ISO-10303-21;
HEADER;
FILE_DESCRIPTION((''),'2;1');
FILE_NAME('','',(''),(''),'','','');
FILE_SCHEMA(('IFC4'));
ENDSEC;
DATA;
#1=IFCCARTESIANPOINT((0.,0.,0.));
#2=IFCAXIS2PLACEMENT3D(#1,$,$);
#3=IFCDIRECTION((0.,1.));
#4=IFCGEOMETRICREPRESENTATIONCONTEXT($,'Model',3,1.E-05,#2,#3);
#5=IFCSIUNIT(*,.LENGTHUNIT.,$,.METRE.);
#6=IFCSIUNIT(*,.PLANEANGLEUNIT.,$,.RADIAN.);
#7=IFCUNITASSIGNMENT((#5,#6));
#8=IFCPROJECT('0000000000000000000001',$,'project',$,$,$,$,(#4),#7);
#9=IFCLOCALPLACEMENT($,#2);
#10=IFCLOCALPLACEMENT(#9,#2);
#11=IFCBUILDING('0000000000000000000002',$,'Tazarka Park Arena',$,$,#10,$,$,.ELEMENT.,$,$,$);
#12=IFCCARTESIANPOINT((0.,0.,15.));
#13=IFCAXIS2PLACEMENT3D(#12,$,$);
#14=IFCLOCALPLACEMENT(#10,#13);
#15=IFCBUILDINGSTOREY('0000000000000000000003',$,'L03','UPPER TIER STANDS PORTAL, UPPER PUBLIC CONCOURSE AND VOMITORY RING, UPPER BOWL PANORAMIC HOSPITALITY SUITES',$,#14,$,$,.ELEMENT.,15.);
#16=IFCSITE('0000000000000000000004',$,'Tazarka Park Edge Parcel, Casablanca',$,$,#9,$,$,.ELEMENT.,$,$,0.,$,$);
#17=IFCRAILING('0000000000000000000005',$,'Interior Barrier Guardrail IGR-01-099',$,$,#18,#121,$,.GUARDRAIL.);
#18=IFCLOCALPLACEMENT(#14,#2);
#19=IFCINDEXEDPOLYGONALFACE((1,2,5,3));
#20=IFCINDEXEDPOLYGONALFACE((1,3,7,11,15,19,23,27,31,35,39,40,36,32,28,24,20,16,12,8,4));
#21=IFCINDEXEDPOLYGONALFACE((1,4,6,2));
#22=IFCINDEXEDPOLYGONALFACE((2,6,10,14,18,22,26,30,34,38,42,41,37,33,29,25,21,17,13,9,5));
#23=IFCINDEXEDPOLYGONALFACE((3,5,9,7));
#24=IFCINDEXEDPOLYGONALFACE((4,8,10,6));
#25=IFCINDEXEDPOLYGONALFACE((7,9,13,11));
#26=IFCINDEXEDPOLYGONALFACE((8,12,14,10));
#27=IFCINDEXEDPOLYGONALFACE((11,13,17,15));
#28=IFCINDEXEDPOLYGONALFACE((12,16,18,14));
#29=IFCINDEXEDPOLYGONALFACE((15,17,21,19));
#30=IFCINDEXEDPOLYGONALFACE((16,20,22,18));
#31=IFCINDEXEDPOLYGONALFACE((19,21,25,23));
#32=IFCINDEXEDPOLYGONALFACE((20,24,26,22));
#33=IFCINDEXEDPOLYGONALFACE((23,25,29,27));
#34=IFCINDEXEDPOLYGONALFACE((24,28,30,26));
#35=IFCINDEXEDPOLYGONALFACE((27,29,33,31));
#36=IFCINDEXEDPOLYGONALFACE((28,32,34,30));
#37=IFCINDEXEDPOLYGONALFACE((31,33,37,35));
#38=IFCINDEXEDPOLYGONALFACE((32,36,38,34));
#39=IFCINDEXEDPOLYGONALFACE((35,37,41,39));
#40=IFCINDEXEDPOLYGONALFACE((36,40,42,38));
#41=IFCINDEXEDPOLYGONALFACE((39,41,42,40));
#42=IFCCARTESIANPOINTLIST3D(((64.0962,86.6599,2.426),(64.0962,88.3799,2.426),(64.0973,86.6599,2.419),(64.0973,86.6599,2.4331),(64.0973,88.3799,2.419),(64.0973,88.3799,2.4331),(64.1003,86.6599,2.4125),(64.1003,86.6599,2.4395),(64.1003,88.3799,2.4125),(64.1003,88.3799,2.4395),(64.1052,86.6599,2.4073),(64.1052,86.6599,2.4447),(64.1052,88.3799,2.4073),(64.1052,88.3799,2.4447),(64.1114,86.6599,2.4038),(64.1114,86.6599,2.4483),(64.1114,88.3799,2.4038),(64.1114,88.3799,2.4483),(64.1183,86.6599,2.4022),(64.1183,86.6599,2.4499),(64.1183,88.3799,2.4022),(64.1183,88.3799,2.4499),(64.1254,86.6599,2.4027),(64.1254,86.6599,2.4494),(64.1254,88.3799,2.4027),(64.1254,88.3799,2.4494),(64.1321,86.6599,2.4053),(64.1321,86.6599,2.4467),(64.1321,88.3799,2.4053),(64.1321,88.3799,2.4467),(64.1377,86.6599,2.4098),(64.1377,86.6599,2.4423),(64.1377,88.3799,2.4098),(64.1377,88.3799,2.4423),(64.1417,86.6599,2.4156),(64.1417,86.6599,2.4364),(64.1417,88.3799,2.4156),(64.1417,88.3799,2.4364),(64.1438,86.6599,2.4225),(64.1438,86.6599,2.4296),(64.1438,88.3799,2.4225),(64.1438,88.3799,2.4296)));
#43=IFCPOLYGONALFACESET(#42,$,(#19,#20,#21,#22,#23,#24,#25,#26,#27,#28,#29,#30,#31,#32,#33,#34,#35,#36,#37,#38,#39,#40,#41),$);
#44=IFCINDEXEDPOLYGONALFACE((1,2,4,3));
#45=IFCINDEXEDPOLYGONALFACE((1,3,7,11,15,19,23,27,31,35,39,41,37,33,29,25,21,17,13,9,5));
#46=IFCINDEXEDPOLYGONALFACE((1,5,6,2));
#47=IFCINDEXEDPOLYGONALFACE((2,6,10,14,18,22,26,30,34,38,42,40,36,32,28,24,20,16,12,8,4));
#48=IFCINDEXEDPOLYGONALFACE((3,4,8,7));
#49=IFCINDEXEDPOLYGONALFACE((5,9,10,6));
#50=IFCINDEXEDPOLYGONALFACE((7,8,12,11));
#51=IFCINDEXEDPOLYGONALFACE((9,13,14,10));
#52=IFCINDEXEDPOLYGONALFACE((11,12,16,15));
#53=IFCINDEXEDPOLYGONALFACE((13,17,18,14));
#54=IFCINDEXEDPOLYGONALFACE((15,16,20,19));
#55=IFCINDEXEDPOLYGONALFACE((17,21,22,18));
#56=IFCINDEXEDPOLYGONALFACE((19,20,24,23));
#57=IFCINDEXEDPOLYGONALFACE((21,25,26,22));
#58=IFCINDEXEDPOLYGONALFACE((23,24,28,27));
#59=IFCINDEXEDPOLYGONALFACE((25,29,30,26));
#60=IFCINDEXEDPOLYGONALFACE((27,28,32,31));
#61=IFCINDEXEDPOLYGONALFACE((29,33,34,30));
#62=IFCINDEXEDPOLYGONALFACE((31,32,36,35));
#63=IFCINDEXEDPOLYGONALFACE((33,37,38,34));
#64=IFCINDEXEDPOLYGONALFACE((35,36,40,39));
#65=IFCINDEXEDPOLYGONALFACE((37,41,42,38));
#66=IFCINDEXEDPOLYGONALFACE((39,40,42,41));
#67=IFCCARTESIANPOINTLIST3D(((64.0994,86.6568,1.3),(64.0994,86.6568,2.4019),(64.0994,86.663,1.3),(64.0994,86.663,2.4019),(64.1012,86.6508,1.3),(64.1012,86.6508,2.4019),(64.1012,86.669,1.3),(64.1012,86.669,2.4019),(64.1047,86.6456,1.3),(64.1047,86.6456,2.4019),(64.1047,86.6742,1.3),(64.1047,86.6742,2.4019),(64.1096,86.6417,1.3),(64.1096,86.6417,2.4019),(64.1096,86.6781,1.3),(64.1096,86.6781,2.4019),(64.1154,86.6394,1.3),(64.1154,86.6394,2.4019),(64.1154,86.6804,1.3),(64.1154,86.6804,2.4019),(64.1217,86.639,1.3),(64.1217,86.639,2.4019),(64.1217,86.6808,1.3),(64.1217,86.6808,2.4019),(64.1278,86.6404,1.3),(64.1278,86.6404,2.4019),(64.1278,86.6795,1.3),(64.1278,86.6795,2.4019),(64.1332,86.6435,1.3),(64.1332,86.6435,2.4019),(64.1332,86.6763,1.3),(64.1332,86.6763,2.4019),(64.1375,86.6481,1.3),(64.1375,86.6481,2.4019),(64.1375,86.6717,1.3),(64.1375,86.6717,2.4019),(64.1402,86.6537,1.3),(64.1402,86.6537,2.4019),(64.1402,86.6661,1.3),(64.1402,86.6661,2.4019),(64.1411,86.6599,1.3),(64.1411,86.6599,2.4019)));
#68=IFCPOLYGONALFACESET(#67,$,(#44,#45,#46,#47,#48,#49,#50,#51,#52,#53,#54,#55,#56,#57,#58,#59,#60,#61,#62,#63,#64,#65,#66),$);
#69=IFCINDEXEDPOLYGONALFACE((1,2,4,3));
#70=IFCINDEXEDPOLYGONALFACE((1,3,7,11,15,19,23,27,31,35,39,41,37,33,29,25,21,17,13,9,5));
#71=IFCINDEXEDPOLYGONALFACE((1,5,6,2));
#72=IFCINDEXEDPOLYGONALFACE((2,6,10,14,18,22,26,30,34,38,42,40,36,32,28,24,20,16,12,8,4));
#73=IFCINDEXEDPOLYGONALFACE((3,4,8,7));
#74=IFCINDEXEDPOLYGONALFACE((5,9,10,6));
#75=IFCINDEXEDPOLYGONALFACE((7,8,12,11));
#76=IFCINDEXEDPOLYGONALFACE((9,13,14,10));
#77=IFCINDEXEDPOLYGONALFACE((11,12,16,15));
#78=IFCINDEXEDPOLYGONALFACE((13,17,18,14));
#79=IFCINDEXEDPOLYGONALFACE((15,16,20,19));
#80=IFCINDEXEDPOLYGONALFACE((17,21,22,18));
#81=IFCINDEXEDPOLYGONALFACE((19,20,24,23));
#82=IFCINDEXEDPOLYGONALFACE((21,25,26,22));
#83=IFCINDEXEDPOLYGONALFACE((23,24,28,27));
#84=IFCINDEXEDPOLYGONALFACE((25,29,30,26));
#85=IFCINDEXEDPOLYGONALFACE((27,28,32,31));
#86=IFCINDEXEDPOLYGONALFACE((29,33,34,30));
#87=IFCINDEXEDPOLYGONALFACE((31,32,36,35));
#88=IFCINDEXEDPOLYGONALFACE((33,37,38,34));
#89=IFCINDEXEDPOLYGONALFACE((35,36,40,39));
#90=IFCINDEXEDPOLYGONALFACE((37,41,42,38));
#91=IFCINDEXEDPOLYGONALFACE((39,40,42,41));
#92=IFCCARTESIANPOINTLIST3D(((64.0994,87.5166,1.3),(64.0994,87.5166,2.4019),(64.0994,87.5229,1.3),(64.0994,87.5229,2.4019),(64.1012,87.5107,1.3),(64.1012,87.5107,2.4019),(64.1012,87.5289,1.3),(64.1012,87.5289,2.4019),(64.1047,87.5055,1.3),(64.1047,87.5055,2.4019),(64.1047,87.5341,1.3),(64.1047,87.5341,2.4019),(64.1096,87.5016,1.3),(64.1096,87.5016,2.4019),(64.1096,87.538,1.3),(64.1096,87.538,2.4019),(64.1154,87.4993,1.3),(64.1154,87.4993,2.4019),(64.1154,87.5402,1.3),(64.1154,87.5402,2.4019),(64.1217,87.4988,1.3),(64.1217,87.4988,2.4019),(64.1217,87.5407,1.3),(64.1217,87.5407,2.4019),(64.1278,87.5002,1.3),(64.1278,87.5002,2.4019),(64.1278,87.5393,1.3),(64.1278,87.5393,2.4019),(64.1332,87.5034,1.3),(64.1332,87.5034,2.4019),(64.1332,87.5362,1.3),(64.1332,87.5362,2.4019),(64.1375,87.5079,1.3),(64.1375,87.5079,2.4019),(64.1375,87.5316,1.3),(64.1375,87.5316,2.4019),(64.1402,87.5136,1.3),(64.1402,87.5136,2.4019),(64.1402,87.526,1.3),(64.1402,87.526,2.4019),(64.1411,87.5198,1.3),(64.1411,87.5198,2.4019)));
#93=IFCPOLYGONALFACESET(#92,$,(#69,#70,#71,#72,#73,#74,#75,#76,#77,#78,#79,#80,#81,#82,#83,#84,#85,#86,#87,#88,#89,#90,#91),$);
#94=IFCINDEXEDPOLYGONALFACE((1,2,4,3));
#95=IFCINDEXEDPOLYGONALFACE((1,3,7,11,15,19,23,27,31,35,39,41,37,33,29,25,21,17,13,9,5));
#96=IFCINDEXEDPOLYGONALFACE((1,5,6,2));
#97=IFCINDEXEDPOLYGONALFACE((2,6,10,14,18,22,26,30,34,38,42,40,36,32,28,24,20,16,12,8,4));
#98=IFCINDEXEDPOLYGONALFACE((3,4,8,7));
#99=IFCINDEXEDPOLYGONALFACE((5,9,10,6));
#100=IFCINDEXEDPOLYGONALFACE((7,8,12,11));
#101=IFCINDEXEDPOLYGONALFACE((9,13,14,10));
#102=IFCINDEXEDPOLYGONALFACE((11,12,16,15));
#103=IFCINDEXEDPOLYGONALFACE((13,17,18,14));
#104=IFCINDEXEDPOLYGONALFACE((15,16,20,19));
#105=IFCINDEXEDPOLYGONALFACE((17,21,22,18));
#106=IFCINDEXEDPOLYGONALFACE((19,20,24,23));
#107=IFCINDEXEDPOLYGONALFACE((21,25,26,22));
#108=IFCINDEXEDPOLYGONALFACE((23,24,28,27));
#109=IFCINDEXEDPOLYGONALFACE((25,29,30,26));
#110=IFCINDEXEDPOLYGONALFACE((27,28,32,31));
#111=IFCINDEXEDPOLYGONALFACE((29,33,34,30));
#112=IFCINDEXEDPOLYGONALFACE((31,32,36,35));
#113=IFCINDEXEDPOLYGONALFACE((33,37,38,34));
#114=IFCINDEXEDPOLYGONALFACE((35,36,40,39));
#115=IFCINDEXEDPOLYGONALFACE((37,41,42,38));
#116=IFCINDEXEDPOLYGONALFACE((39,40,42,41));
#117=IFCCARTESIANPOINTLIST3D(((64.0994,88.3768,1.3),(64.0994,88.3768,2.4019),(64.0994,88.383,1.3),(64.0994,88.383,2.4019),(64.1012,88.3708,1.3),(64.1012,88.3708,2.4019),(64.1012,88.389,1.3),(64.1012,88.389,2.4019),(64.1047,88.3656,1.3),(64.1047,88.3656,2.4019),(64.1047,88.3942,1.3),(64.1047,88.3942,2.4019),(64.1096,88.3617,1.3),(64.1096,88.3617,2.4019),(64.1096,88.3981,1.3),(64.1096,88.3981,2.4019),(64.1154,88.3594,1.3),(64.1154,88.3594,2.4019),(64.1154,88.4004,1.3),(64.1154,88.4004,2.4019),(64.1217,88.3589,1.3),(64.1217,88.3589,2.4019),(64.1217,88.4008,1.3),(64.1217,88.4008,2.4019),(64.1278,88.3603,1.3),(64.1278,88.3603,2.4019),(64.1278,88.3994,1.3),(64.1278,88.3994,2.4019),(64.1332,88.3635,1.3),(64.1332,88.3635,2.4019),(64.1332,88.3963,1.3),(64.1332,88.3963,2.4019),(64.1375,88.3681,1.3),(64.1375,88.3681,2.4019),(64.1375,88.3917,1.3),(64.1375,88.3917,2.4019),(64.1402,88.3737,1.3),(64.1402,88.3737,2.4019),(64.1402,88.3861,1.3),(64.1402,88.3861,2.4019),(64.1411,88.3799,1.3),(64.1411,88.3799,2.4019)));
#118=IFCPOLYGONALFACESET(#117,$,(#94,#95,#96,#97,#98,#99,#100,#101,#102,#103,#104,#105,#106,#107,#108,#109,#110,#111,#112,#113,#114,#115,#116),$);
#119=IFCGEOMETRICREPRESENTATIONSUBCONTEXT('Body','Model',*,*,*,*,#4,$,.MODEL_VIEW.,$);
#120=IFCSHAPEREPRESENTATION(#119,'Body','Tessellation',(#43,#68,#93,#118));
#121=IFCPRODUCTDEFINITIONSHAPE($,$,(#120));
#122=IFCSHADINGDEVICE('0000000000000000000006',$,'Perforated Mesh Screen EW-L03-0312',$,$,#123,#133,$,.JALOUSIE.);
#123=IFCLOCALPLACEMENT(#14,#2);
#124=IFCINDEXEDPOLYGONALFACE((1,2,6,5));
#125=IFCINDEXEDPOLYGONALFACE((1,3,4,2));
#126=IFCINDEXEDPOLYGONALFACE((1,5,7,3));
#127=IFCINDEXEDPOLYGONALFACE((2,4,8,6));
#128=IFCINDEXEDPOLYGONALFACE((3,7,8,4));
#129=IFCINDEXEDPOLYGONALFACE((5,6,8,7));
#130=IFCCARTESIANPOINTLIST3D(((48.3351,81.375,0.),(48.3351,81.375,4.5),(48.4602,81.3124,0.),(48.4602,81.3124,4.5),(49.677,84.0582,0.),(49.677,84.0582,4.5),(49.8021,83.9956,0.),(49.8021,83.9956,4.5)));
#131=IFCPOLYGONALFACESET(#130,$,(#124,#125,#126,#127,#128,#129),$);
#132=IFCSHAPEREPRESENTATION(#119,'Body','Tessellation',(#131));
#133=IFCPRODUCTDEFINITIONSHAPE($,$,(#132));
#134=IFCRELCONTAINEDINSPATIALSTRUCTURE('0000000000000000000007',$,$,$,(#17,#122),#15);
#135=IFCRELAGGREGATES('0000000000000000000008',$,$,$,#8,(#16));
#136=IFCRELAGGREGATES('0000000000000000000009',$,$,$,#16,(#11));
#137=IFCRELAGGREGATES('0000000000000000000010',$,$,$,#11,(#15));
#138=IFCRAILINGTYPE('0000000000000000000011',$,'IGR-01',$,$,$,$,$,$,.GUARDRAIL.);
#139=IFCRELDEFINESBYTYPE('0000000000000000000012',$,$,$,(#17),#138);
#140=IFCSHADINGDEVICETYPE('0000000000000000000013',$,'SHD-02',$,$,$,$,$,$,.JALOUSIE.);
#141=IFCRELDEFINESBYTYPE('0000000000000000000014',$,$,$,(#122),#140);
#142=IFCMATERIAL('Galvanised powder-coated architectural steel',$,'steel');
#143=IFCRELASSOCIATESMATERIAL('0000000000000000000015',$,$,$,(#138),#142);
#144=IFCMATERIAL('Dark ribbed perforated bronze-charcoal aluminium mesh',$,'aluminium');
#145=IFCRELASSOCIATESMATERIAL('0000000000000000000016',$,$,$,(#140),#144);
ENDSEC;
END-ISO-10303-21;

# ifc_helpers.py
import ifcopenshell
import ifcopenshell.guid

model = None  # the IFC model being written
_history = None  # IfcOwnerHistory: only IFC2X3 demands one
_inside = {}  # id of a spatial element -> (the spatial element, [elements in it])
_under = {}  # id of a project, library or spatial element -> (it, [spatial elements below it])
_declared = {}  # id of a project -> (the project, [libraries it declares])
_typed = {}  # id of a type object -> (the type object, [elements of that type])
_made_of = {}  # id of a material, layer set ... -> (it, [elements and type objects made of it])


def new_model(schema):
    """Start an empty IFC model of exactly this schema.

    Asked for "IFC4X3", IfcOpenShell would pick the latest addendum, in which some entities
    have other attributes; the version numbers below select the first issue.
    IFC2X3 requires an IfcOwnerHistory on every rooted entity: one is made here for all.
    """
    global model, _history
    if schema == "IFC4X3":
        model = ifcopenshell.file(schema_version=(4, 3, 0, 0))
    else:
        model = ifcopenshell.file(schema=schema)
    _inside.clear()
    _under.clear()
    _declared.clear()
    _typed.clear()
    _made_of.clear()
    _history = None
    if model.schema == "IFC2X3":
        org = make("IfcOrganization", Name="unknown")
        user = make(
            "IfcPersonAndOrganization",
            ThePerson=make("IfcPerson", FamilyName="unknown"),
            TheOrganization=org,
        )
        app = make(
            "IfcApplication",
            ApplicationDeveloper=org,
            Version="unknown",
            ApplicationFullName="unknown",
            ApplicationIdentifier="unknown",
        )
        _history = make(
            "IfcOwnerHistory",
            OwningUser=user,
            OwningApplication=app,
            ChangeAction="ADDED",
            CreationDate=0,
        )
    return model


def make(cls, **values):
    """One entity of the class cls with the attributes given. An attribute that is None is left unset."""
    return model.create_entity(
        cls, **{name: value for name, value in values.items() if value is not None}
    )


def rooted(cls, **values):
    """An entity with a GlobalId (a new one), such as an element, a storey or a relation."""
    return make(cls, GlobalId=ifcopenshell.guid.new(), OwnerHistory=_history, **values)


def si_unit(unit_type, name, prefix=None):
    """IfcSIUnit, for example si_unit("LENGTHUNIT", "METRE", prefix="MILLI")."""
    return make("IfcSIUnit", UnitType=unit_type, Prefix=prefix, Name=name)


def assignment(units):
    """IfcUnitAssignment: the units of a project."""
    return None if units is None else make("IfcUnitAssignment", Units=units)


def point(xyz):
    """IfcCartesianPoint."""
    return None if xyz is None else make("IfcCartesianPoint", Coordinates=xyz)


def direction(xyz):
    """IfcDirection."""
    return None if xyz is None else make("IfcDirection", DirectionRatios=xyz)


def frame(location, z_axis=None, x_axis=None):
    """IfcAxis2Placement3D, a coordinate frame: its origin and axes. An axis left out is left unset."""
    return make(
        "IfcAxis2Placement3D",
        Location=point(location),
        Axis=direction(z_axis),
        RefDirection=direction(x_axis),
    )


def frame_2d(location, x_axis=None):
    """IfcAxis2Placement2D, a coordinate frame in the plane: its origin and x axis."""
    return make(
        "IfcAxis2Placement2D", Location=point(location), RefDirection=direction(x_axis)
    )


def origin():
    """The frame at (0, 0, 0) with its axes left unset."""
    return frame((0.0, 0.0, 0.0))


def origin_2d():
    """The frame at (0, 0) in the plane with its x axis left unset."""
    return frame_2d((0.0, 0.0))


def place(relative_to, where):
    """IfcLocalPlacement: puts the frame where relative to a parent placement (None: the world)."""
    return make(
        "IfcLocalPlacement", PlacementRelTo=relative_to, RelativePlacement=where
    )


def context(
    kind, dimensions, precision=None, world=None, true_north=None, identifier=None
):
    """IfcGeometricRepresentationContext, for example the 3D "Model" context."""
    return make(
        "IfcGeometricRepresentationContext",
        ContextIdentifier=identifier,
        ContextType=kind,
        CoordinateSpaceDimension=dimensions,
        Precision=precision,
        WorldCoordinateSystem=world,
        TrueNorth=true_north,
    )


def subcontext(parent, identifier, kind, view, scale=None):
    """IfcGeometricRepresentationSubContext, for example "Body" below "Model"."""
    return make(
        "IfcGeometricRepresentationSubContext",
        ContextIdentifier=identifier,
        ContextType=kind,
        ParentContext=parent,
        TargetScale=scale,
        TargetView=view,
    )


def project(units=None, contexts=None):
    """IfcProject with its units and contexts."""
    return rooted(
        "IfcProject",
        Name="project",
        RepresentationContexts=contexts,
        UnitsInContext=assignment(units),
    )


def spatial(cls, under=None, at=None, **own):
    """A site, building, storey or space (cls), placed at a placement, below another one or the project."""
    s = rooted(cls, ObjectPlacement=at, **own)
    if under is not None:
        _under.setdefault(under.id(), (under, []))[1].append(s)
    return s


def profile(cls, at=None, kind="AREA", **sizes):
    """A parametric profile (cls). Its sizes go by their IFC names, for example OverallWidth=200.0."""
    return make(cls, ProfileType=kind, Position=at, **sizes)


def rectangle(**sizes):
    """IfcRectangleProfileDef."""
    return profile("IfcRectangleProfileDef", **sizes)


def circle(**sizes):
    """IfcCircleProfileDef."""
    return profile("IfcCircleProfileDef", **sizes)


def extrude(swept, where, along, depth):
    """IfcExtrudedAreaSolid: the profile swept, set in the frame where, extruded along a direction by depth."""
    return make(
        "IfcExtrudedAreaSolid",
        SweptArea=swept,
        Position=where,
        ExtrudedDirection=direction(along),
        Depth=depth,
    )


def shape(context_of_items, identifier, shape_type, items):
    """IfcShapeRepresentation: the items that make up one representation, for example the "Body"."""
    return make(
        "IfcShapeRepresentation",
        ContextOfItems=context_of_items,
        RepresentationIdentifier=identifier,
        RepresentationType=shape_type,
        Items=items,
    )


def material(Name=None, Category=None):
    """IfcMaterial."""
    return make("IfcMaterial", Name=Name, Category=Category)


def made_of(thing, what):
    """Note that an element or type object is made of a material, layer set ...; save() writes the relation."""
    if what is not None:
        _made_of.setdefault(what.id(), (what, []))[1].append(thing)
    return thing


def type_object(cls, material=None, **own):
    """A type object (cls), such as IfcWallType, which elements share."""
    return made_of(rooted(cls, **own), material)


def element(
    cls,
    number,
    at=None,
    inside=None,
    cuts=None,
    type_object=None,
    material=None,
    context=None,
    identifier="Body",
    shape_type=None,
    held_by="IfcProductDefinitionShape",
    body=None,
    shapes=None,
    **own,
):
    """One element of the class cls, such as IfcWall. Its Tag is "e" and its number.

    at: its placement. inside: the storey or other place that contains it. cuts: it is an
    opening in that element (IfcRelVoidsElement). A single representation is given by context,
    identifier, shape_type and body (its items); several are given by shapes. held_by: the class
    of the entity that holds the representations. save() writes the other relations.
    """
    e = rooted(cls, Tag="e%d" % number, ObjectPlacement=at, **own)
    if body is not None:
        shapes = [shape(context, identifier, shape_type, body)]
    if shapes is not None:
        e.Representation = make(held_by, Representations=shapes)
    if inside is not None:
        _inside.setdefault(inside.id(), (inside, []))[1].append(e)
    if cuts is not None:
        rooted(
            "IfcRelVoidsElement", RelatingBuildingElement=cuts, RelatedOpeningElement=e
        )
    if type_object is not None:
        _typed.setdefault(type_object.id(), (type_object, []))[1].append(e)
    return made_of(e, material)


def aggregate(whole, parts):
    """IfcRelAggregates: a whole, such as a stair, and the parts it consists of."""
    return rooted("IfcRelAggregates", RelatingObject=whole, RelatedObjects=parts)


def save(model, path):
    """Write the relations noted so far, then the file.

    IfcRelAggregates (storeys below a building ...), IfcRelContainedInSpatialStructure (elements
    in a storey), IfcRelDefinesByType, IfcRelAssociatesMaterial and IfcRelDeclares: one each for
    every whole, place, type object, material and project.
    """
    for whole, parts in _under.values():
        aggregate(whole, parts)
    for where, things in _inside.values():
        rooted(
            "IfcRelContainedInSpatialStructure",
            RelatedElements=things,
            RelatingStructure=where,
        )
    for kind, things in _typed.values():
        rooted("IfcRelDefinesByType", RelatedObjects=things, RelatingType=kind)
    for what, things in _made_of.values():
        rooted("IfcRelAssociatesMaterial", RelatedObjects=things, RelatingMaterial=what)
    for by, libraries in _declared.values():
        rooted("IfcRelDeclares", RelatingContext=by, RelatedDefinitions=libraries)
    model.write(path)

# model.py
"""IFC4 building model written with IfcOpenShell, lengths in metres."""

from ifc_helpers import new_model, si_unit, direction, frame, origin, origin_2d, place, context, subcontext, project, spatial, rectangle, circle, extrude, material, type_object, element, save


model = new_model("IFC4")

# Units and contexts
model_context = context("Model", 3, precision=1e-05, world=origin(), true_north=direction((0.0, 1.0)))
body_context = subcontext(model_context, "Body", "Model", "MODEL_VIEW")
ifc_project = project(units=[si_unit("LENGTHUNIT", "METRE"), si_unit("PLANEANGLEUNIT", "RADIAN")], contexts=[model_context])

# Site, building, storey
site_placement = place(None, origin())
site = spatial("IfcSite", under=ifc_project, at=site_placement, Name="Tazarka Park Edge Parcel, Casablanca", CompositionType="ELEMENT", RefElevation=0.0)
building_placement = place(site_placement, origin())
building = spatial("IfcBuilding", under=site, at=building_placement, Name="Tazarka Park Arena", CompositionType="ELEMENT")
storey_placement = place(building_placement, frame((0.0, 0.0, 15.0)))
storey = spatial("IfcBuildingStorey", under=building, at=storey_placement, Name="L03", Description="UPPER TIER STANDS PORTAL, UPPER PUBLIC CONCOURSE AND VOMITORY RING, UPPER BOWL PANORAMIC HOSPITALITY SUITES", CompositionType="ELEMENT", Elevation=15.0)

# Railing
ifc_material_1 = material(Name="Galvanised powder-coated architectural steel", Category="steel")
railing_type = type_object("IfcRailingType", Name="IGR-01", PredefinedType="GUARDRAIL", material=ifc_material_1)
railing_1_placement = place(storey_placement, frame((64.1201, 86.6599, 1.3)))
element("IfcRailing", 1, at=railing_1_placement, inside=storey, type_object=railing_type, Name="Interior Barrier Guardrail IGR-01-099", PredefinedType="GUARDRAIL", context=body_context, shape_type="SweptSolid", body=[
    extrude(circle(Radius=0.0239, at=origin_2d()), frame((0.0, 0.0, 1.126), z_axis=(0.0, 1.0, 0.0), x_axis=(-1.0, 0.0, 0.0)), (0.0, 0.0, 1.0), 1.72),
    extrude(circle(Radius=0.021, at=origin_2d()), origin(), (0.0, 0.0, 1.0), 1.1018),
    extrude(circle(Radius=0.021, at=origin_2d()), frame((0.0, 0.8599, 0.0)), (0.0, 0.0, 1.0), 1.1018),
    extrude(circle(Radius=0.021, at=origin_2d()), frame((0.0, 1.72, 0.0)), (0.0, 0.0, 1.0), 1.1018),
])

# Shading device
ifc_material_2 = material(Name="Dark ribbed perforated bronze-charcoal aluminium mesh", Category="aluminium")
shading_device_type = type_object("IfcShadingDeviceType", Name="SHD-02", PredefinedType="JALOUSIE", material=ifc_material_2)
shading_device_placement = place(storey_placement, frame((49.0686, 82.6853, 0.0), z_axis=(0.0, 0.0, 1.0), x_axis=(0.447291, 0.894389, 0.0)))
element("IfcShadingDevice", 2, at=shading_device_placement, inside=storey, type_object=shading_device_type, Name="Perforated Mesh Screen EW-L03-0312", PredefinedType="JALOUSIE", context=body_context, shape_type="SweptSolid", body=[
    extrude(rectangle(XDim=3.0, YDim=0.1399, at=origin_2d()), origin(), (0.0, 0.0, 1.0), 4.5),
])

save(model, "model.ifc")
